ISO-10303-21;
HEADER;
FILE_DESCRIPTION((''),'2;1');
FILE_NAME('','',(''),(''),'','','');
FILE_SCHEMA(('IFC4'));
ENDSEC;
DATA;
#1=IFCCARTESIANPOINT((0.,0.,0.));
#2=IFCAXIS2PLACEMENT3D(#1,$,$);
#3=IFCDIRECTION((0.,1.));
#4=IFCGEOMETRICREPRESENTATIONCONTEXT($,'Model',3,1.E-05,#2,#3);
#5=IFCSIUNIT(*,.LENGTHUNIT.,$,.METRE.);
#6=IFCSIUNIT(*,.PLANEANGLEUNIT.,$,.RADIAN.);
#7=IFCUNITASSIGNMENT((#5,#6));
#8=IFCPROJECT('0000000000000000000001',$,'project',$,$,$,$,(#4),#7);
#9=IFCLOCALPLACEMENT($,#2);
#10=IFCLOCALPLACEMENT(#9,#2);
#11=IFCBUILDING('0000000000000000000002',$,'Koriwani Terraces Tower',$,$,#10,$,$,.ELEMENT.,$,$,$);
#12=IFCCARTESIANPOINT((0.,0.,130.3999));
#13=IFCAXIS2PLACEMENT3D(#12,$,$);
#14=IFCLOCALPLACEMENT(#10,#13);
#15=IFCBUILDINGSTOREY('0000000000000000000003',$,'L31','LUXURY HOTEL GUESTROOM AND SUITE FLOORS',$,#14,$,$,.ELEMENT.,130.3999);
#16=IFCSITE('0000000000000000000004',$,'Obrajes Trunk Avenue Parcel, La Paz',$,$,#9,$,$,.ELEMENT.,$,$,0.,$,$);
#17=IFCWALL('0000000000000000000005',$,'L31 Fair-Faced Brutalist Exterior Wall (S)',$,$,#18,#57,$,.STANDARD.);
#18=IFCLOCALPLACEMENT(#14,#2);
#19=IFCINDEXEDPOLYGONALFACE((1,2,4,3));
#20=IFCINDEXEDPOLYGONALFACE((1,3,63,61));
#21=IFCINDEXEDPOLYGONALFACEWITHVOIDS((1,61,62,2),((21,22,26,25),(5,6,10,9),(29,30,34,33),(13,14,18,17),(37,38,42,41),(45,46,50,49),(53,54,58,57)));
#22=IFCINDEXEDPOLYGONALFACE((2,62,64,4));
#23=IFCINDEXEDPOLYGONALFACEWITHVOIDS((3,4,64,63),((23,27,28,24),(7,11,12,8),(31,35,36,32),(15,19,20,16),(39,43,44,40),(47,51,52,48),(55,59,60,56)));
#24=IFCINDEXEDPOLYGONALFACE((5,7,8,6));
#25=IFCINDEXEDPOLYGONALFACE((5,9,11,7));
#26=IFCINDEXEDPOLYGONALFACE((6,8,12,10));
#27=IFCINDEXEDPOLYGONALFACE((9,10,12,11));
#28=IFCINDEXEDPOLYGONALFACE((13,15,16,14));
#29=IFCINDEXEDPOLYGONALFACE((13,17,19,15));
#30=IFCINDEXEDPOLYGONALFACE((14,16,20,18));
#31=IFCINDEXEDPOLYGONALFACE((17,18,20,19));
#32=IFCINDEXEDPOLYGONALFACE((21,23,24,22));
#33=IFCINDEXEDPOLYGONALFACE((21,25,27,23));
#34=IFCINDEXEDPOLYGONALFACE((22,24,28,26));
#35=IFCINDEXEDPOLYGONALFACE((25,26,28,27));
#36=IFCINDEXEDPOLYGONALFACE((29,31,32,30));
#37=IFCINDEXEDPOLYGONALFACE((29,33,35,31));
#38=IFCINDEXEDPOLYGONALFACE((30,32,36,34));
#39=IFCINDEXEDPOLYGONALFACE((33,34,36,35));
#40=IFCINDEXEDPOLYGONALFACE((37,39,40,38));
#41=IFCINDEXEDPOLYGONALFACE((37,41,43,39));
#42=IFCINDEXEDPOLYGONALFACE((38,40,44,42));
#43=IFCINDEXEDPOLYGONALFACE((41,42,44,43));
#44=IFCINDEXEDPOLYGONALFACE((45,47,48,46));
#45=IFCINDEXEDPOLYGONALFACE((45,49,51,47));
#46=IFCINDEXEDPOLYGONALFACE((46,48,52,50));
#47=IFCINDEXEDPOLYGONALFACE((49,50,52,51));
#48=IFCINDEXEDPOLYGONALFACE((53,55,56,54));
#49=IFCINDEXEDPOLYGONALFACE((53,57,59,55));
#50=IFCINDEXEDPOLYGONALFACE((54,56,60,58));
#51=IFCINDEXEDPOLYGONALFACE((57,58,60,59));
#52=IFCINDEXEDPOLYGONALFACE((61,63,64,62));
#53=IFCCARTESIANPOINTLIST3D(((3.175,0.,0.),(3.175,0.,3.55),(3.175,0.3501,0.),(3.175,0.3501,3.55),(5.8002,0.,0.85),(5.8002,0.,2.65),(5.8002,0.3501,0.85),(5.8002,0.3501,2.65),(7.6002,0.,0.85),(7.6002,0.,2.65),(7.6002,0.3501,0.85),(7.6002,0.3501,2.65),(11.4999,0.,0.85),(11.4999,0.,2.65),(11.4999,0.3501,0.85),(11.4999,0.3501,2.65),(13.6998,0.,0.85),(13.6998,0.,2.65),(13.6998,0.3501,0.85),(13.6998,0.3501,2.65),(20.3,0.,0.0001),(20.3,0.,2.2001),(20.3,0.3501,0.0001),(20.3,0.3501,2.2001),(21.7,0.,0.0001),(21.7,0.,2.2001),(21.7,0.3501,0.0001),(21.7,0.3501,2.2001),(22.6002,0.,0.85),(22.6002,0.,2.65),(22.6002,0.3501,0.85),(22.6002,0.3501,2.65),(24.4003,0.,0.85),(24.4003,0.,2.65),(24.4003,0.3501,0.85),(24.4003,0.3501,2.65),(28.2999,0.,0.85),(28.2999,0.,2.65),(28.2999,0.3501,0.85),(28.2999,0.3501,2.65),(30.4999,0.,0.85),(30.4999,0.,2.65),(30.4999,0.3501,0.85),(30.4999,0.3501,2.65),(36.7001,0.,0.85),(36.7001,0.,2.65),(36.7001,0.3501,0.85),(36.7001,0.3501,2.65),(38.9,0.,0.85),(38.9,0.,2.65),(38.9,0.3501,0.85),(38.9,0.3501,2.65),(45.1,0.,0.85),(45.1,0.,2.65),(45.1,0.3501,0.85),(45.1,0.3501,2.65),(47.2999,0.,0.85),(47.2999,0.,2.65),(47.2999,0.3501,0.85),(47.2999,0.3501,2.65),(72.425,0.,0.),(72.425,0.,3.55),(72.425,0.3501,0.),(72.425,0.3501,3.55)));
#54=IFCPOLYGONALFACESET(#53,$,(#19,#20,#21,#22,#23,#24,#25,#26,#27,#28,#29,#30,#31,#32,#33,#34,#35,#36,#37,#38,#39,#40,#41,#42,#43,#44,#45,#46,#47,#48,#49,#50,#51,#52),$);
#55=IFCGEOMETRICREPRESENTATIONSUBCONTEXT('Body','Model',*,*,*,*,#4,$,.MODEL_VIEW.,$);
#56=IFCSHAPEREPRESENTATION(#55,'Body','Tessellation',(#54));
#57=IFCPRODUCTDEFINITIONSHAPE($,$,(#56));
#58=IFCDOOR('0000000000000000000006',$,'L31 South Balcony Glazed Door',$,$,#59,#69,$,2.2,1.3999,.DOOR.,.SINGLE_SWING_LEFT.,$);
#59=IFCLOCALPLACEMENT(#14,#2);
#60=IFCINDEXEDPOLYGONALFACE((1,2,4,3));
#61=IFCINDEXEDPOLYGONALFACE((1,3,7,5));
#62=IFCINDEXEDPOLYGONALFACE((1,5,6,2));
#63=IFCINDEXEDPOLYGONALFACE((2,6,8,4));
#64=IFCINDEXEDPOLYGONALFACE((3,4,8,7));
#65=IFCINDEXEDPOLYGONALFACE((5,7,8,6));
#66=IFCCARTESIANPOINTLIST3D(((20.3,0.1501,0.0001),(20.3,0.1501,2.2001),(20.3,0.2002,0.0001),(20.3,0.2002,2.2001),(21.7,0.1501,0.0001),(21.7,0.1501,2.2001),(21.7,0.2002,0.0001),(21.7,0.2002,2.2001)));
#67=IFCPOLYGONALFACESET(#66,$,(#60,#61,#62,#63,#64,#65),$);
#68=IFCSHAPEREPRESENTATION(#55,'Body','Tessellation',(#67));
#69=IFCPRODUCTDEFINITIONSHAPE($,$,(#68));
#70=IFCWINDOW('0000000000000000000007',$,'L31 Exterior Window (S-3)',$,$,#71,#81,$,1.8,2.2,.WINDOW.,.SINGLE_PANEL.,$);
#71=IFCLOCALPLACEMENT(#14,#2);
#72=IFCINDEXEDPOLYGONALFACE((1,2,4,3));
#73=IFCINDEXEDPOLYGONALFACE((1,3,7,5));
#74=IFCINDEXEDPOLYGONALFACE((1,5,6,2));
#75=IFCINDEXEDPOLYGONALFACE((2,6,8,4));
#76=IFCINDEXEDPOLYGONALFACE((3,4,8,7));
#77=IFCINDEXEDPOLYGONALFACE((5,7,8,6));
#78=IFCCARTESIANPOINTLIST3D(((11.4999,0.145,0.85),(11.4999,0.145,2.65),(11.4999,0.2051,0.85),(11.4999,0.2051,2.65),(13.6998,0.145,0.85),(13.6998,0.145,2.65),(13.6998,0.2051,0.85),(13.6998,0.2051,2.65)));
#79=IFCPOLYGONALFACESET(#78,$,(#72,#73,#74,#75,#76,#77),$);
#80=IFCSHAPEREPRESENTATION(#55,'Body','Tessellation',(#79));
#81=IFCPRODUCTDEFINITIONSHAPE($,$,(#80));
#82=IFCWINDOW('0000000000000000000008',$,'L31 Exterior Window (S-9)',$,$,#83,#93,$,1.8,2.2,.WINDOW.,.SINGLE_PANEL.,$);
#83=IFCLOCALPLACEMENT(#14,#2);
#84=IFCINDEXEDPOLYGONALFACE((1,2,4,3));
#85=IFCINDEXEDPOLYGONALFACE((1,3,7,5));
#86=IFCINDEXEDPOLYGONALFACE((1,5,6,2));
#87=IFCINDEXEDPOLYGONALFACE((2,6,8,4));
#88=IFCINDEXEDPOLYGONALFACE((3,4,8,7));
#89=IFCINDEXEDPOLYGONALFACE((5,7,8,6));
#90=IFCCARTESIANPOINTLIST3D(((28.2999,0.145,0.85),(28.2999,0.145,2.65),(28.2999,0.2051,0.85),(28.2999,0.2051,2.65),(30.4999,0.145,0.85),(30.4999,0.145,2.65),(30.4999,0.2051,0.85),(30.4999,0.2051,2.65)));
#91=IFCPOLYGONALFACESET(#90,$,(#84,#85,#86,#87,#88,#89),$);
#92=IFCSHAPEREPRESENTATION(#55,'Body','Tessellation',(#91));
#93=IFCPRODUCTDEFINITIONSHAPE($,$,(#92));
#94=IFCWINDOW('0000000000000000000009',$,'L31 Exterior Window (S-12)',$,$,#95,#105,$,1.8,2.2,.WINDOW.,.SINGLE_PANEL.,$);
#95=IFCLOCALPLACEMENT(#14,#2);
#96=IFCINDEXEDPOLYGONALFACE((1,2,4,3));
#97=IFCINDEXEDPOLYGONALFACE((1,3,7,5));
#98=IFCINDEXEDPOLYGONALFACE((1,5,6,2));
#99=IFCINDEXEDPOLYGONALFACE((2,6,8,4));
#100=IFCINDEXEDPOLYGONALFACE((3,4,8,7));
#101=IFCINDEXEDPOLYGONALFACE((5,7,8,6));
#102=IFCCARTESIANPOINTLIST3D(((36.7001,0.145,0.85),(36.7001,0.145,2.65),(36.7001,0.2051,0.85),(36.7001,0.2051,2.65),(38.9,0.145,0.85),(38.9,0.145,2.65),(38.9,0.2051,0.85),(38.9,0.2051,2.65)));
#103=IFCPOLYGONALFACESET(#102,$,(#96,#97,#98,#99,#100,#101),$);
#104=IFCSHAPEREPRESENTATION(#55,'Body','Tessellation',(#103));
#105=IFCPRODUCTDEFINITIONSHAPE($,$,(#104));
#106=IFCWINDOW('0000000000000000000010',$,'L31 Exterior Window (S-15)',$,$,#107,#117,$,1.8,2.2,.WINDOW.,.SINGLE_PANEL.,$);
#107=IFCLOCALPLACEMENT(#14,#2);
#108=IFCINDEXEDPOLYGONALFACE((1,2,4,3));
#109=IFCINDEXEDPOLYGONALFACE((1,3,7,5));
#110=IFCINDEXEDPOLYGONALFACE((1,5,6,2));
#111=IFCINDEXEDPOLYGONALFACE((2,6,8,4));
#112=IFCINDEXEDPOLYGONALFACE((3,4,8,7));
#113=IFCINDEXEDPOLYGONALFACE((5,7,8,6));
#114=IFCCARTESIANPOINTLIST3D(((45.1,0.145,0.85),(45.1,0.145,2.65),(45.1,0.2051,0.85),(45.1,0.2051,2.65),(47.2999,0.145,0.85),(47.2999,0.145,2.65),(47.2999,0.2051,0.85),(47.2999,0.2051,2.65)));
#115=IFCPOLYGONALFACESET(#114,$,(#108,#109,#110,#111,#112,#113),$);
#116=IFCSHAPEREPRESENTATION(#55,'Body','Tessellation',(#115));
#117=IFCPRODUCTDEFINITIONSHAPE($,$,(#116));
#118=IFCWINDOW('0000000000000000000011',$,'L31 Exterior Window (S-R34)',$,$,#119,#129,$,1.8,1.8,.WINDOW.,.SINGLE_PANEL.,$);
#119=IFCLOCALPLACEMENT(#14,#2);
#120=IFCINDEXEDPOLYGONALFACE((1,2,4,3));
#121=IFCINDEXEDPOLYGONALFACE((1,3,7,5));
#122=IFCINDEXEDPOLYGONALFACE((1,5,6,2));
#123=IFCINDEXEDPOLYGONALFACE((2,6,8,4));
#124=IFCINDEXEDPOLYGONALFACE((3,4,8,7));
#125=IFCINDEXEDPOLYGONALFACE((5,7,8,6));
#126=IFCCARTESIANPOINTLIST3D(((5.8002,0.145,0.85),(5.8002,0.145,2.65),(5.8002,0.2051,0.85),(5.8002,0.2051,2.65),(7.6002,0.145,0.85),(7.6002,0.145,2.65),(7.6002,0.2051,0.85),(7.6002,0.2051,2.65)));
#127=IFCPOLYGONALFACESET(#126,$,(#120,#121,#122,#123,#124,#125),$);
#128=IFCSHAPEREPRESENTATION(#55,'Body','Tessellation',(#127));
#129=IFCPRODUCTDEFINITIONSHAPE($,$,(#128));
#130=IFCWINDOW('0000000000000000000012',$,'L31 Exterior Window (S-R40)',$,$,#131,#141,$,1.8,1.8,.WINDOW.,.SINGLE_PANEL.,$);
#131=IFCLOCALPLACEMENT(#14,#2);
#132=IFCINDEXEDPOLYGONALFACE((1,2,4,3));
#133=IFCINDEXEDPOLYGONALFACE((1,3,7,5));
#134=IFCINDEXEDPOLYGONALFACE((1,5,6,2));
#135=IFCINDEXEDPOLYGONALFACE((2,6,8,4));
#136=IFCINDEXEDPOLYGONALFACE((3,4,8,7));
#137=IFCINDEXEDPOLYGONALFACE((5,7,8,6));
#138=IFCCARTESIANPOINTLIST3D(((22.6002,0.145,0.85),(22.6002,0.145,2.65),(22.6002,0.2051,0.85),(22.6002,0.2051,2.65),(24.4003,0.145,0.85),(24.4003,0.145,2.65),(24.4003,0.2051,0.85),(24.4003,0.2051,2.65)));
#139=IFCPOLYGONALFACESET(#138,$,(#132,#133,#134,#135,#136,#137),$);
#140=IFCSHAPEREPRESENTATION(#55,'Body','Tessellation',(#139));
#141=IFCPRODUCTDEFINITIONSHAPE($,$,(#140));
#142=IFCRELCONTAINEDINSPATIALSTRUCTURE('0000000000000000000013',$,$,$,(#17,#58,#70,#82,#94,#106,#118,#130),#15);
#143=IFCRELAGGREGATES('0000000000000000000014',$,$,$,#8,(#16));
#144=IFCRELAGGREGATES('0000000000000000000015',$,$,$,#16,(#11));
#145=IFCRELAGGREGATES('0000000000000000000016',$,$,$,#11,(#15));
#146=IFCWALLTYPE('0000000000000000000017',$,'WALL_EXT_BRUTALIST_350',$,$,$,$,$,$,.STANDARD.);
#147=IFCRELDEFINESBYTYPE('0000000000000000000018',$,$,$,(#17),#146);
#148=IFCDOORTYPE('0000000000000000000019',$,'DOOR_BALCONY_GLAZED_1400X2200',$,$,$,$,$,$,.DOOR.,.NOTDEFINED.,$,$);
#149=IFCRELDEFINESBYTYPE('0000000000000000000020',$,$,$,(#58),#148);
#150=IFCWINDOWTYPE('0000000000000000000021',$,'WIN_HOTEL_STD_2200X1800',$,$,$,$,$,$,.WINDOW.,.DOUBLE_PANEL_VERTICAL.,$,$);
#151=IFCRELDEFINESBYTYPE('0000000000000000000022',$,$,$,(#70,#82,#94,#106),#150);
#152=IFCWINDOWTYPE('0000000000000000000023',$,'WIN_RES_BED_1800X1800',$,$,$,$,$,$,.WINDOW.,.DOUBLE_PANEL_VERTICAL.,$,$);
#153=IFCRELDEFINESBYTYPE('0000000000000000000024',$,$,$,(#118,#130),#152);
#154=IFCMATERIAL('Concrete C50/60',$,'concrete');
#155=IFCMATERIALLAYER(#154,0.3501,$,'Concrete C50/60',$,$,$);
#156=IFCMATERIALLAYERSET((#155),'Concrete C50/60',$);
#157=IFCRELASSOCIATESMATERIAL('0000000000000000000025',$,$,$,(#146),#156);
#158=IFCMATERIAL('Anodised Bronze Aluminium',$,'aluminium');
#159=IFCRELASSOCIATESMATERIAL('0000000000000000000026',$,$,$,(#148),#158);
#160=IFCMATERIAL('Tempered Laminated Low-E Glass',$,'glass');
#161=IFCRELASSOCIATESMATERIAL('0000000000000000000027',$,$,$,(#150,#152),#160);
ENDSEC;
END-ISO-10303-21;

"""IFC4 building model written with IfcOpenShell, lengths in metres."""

from ifc_helpers import new_model, si_unit, direction, frame, frame_2d, origin, place, context, subcontext, project, spatial, rectangle, extrude, material, layer, layer_set, type_object, element, fill, save


model = new_model("IFC4")

# Units and contexts
model_context = context("Model", 3, precision=1e-05, world=origin(), true_north=direction((0.0, 1.0)))
body_context = subcontext(model_context, "Body", "Model", "MODEL_VIEW")
ifc_project = project(units=[si_unit("LENGTHUNIT", "METRE"), si_unit("PLANEANGLEUNIT", "RADIAN")], contexts=[model_context])

# Site, building, storey
site_placement = place(None, origin())
site = spatial("IfcSite", under=ifc_project, at=site_placement, Name="Obrajes Trunk Avenue Parcel, La Paz", CompositionType="ELEMENT", RefElevation=0.0)
building_placement = place(site_placement, origin())
building = spatial("IfcBuilding", under=site, at=building_placement, Name="Koriwani Terraces Tower", CompositionType="ELEMENT")
storey_placement = place(building_placement, frame((0.0, 0.0, 130.3999)))
storey = spatial("IfcBuildingStorey", under=building, at=storey_placement, Name="L31", Description="LUXURY HOTEL GUESTROOM AND SUITE FLOORS", CompositionType="ELEMENT", Elevation=130.3999)

# Shared definitions
ifc_material_1 = material(Name="Concrete C50/60", Category="concrete")

# Shared definitions
ifc_layer_1 = layer(ifc_material_1, 0.3501, Name="Concrete C50/60")
ifc_layer_set_1 = layer_set([ifc_layer_1], Name="Concrete C50/60")
wall_type_1 = type_object("IfcWallType", Name="WALL_EXT_BRUTALIST_350", PredefinedType="STANDARD", material=ifc_layer_set_1)

# Wall, openings, door, windows
wall_1_placement = place(storey_placement, frame((72.425, 0.175, 0.0), z_axis=(0.0, 0.0, 1.0), x_axis=(-1.0, 0.0, 0.0)))
wall_1 = element("IfcWall", 1, at=wall_1_placement, inside=storey, type_object=wall_type_1, Name="L31 Fair-Faced Brutalist Exterior Wall (S)", PredefinedType="STANDARD", context=body_context, shape_type="SweptSolid", body=[
    extrude(rectangle(XDim=69.25, YDim=0.3501, at=frame_2d((34.625, 0.0))), origin(), (0.0, 0.0, 1.0), 3.55),
])
opening_1_placement = place(wall_1_placement, frame((50.7251, 0.0, 0.0)))
opening_1 = element("IfcOpeningElement", 2, at=opening_1_placement, cuts=wall_1, PredefinedType="OPENING", context=body_context, shape_type="SweptSolid", body=[
    extrude(rectangle(XDim=1.3999, YDim=2.2, at=frame_2d((0.7, 1.1001))), frame((0.0, 0.1851, 0.0), z_axis=(0.0, -1.0, 0.0), x_axis=(1.0, 0.0, 0.0)), (0.0, 0.0, 1.0), 0.3701),
])
opening_2_placement = place(wall_1_placement, frame((58.7251, 0.0, 0.8501)))
opening_2 = element("IfcOpeningElement", 3, at=opening_2_placement, cuts=wall_1, PredefinedType="OPENING", context=body_context, shape_type="SweptSolid", body=[
    extrude(rectangle(XDim=2.2, YDim=1.8, at=frame_2d((1.1001, 0.8999))), frame((0.0, 0.1851, 0.0), z_axis=(0.0, -1.0, 0.0), x_axis=(1.0, 0.0, 0.0)), (0.0, 0.0, 1.0), 0.3701),
])
opening_3_placement = place(wall_1_placement, frame((41.925, 0.0, 0.8501)))
opening_3 = element("IfcOpeningElement", 4, at=opening_3_placement, cuts=wall_1, PredefinedType="OPENING", context=body_context, shape_type="SweptSolid", body=[
    extrude(rectangle(XDim=2.2, YDim=1.8, at=frame_2d((1.1001, 0.8999))), frame((0.0, 0.1851, 0.0), z_axis=(0.0, -1.0, 0.0), x_axis=(1.0, 0.0, 0.0)), (0.0, 0.0, 1.0), 0.3701),
])
opening_4_placement = place(wall_1_placement, frame((33.5249, 0.0, 0.8501)))
opening_4 = element("IfcOpeningElement", 5, at=opening_4_placement, cuts=wall_1, PredefinedType="OPENING", context=body_context, shape_type="SweptSolid", body=[
    extrude(rectangle(XDim=2.2, YDim=1.8, at=frame_2d((1.1001, 0.8999))), frame((0.0, 0.1851, 0.0), z_axis=(0.0, -1.0, 0.0), x_axis=(1.0, 0.0, 0.0)), (0.0, 0.0, 1.0), 0.3701),
])
opening_5_placement = place(wall_1_placement, frame((25.125, 0.0, 0.8501)))
opening_5 = element("IfcOpeningElement", 6, at=opening_5_placement, cuts=wall_1, PredefinedType="OPENING", context=body_context, shape_type="SweptSolid", body=[
    extrude(rectangle(XDim=2.2, YDim=1.8, at=frame_2d((1.1001, 0.8999))), frame((0.0, 0.1851, 0.0), z_axis=(0.0, -1.0, 0.0), x_axis=(1.0, 0.0, 0.0)), (0.0, 0.0, 1.0), 0.3701),
])
opening_6_placement = place(wall_1_placement, frame((64.825, 0.0, 0.8501)))
opening_6 = element("IfcOpeningElement", 7, at=opening_6_placement, cuts=wall_1, PredefinedType="OPENING", context=body_context, shape_type="SweptSolid", body=[
    extrude(rectangle(XDim=1.8, YDim=1.8, at=frame_2d((0.8999, 0.8999))), frame((0.0, 0.1851, 0.0), z_axis=(0.0, -1.0, 0.0), x_axis=(1.0, 0.0, 0.0)), (0.0, 0.0, 1.0), 0.3701),
])
opening_7_placement = place(wall_1_placement, frame((48.0249, 0.0, 0.8501)))
opening_7 = element("IfcOpeningElement", 8, at=opening_7_placement, cuts=wall_1, PredefinedType="OPENING", context=body_context, shape_type="SweptSolid", body=[
    extrude(rectangle(XDim=1.8, YDim=1.8, at=frame_2d((0.8999, 0.8999))), frame((0.0, 0.1851, 0.0), z_axis=(0.0, -1.0, 0.0), x_axis=(1.0, 0.0, 0.0)), (0.0, 0.0, 1.0), 0.3701),
])
ifc_material_2 = material(Name="Anodised Bronze Aluminium", Category="aluminium")
door_type_1 = type_object("IfcDoorType", Name="DOOR_BALCONY_GLAZED_1400X2200", OperationType="NOTDEFINED", PredefinedType="DOOR", material=ifc_material_2)
door_1_placement = place(opening_1_placement, origin())
door_1 = element("IfcDoor", 9, at=door_1_placement, inside=storey, type_object=door_type_1, Name="L31 South Balcony Glazed Door", OperationType="SINGLE_SWING_LEFT", OverallHeight=2.2, OverallWidth=1.3999, PredefinedType="DOOR", context=body_context, shape_type="SweptSolid", body=[
    extrude(rectangle(XDim=1.3999, YDim=2.2, at=frame_2d((0.7, 1.1001))), frame((0.0, 0.0249, 0.0), z_axis=(0.0, -1.0, 0.0), x_axis=(1.0, 0.0, 0.0)), (0.0, 0.0, 1.0), 0.05),
])
fill(opening_1, door_1)
ifc_material_3 = material(Name="Tempered Laminated Low-E Glass", Category="glass")
window_type_1 = type_object("IfcWindowType", Name="WIN_HOTEL_STD_2200X1800", PartitioningType="DOUBLE_PANEL_VERTICAL", PredefinedType="WINDOW", material=ifc_material_3)
window_1_placement = place(opening_2_placement, origin())
window_1 = element("IfcWindow", 10, at=window_1_placement, inside=storey, type_object=window_type_1, Name="L31 Exterior Window (S-3)", OverallHeight=1.8, OverallWidth=2.2, PartitioningType="SINGLE_PANEL", PredefinedType="WINDOW", context=body_context, shape_type="SweptSolid", body=[
    extrude(rectangle(XDim=2.2, YDim=1.8, at=frame_2d((1.1001, 0.8999))), frame((0.0, 0.03, 0.0), z_axis=(0.0, -1.0, 0.0), x_axis=(1.0, 0.0, 0.0)), (0.0, 0.0, 1.0), 0.0601),
])
fill(opening_2, window_1)
window_2_placement = place(opening_3_placement, origin())
window_2 = element("IfcWindow", 11, at=window_2_placement, inside=storey, type_object=window_type_1, Name="L31 Exterior Window (S-9)", OverallHeight=1.8, OverallWidth=2.2, PartitioningType="SINGLE_PANEL", PredefinedType="WINDOW", context=body_context, shape_type="SweptSolid", body=[
    extrude(rectangle(XDim=2.2, YDim=1.8, at=frame_2d((1.1001, 0.8999))), frame((0.0, 0.03, 0.0), z_axis=(0.0, -1.0, 0.0), x_axis=(1.0, 0.0, 0.0)), (0.0, 0.0, 1.0), 0.0601),
])
fill(opening_3, window_2)
window_3_placement = place(opening_4_placement, origin())
window_3 = element("IfcWindow", 12, at=window_3_placement, inside=storey, type_object=window_type_1, Name="L31 Exterior Window (S-12)", OverallHeight=1.8, OverallWidth=2.2, PartitioningType="SINGLE_PANEL", PredefinedType="WINDOW", context=body_context, shape_type="SweptSolid", body=[
    extrude(rectangle(XDim=2.2, YDim=1.8, at=frame_2d((1.1001, 0.8999))), frame((0.0, 0.03, 0.0), z_axis=(0.0, -1.0, 0.0), x_axis=(1.0, 0.0, 0.0)), (0.0, 0.0, 1.0), 0.0601),
])
fill(opening_4, window_3)
window_4_placement = place(opening_5_placement, origin())
window_4 = element("IfcWindow", 13, at=window_4_placement, inside=storey, type_object=window_type_1, Name="L31 Exterior Window (S-15)", OverallHeight=1.8, OverallWidth=2.2, PartitioningType="SINGLE_PANEL", PredefinedType="WINDOW", context=body_context, shape_type="SweptSolid", body=[
    extrude(rectangle(XDim=2.2, YDim=1.8, at=frame_2d((1.1001, 0.8999))), frame((0.0, 0.03, 0.0), z_axis=(0.0, -1.0, 0.0), x_axis=(1.0, 0.0, 0.0)), (0.0, 0.0, 1.0), 0.0601),
])
fill(opening_5, window_4)
window_type_2 = type_object("IfcWindowType", Name="WIN_RES_BED_1800X1800", PartitioningType="DOUBLE_PANEL_VERTICAL", PredefinedType="WINDOW", material=ifc_material_3)
window_5_placement = place(opening_6_placement, origin())
window_5 = element("IfcWindow", 14, at=window_5_placement, inside=storey, type_object=window_type_2, Name="L31 Exterior Window (S-R34)", OverallHeight=1.8, OverallWidth=1.8, PartitioningType="SINGLE_PANEL", PredefinedType="WINDOW", context=body_context, shape_type="SweptSolid", body=[
    extrude(rectangle(XDim=1.8, YDim=1.8, at=frame_2d((0.8999, 0.8999))), frame((0.0, 0.03, 0.0), z_axis=(0.0, -1.0, 0.0), x_axis=(1.0, 0.0, 0.0)), (0.0, 0.0, 1.0), 0.0601),
])
fill(opening_6, window_5)
window_6_placement = place(opening_7_placement, origin())
window_6 = element("IfcWindow", 15, at=window_6_placement, inside=storey, type_object=window_type_2, Name="L31 Exterior Window (S-R40)", OverallHeight=1.8, OverallWidth=1.8, PartitioningType="SINGLE_PANEL", PredefinedType="WINDOW", context=body_context, shape_type="SweptSolid", body=[
    extrude(rectangle(XDim=1.8, YDim=1.8, at=frame_2d((0.8999, 0.8999))), frame((0.0, 0.03, 0.0), z_axis=(0.0, -1.0, 0.0), x_axis=(1.0, 0.0, 0.0)), (0.0, 0.0, 1.0), 0.0601),
])
fill(opening_7, window_6)

save(model, "model.ifc")
